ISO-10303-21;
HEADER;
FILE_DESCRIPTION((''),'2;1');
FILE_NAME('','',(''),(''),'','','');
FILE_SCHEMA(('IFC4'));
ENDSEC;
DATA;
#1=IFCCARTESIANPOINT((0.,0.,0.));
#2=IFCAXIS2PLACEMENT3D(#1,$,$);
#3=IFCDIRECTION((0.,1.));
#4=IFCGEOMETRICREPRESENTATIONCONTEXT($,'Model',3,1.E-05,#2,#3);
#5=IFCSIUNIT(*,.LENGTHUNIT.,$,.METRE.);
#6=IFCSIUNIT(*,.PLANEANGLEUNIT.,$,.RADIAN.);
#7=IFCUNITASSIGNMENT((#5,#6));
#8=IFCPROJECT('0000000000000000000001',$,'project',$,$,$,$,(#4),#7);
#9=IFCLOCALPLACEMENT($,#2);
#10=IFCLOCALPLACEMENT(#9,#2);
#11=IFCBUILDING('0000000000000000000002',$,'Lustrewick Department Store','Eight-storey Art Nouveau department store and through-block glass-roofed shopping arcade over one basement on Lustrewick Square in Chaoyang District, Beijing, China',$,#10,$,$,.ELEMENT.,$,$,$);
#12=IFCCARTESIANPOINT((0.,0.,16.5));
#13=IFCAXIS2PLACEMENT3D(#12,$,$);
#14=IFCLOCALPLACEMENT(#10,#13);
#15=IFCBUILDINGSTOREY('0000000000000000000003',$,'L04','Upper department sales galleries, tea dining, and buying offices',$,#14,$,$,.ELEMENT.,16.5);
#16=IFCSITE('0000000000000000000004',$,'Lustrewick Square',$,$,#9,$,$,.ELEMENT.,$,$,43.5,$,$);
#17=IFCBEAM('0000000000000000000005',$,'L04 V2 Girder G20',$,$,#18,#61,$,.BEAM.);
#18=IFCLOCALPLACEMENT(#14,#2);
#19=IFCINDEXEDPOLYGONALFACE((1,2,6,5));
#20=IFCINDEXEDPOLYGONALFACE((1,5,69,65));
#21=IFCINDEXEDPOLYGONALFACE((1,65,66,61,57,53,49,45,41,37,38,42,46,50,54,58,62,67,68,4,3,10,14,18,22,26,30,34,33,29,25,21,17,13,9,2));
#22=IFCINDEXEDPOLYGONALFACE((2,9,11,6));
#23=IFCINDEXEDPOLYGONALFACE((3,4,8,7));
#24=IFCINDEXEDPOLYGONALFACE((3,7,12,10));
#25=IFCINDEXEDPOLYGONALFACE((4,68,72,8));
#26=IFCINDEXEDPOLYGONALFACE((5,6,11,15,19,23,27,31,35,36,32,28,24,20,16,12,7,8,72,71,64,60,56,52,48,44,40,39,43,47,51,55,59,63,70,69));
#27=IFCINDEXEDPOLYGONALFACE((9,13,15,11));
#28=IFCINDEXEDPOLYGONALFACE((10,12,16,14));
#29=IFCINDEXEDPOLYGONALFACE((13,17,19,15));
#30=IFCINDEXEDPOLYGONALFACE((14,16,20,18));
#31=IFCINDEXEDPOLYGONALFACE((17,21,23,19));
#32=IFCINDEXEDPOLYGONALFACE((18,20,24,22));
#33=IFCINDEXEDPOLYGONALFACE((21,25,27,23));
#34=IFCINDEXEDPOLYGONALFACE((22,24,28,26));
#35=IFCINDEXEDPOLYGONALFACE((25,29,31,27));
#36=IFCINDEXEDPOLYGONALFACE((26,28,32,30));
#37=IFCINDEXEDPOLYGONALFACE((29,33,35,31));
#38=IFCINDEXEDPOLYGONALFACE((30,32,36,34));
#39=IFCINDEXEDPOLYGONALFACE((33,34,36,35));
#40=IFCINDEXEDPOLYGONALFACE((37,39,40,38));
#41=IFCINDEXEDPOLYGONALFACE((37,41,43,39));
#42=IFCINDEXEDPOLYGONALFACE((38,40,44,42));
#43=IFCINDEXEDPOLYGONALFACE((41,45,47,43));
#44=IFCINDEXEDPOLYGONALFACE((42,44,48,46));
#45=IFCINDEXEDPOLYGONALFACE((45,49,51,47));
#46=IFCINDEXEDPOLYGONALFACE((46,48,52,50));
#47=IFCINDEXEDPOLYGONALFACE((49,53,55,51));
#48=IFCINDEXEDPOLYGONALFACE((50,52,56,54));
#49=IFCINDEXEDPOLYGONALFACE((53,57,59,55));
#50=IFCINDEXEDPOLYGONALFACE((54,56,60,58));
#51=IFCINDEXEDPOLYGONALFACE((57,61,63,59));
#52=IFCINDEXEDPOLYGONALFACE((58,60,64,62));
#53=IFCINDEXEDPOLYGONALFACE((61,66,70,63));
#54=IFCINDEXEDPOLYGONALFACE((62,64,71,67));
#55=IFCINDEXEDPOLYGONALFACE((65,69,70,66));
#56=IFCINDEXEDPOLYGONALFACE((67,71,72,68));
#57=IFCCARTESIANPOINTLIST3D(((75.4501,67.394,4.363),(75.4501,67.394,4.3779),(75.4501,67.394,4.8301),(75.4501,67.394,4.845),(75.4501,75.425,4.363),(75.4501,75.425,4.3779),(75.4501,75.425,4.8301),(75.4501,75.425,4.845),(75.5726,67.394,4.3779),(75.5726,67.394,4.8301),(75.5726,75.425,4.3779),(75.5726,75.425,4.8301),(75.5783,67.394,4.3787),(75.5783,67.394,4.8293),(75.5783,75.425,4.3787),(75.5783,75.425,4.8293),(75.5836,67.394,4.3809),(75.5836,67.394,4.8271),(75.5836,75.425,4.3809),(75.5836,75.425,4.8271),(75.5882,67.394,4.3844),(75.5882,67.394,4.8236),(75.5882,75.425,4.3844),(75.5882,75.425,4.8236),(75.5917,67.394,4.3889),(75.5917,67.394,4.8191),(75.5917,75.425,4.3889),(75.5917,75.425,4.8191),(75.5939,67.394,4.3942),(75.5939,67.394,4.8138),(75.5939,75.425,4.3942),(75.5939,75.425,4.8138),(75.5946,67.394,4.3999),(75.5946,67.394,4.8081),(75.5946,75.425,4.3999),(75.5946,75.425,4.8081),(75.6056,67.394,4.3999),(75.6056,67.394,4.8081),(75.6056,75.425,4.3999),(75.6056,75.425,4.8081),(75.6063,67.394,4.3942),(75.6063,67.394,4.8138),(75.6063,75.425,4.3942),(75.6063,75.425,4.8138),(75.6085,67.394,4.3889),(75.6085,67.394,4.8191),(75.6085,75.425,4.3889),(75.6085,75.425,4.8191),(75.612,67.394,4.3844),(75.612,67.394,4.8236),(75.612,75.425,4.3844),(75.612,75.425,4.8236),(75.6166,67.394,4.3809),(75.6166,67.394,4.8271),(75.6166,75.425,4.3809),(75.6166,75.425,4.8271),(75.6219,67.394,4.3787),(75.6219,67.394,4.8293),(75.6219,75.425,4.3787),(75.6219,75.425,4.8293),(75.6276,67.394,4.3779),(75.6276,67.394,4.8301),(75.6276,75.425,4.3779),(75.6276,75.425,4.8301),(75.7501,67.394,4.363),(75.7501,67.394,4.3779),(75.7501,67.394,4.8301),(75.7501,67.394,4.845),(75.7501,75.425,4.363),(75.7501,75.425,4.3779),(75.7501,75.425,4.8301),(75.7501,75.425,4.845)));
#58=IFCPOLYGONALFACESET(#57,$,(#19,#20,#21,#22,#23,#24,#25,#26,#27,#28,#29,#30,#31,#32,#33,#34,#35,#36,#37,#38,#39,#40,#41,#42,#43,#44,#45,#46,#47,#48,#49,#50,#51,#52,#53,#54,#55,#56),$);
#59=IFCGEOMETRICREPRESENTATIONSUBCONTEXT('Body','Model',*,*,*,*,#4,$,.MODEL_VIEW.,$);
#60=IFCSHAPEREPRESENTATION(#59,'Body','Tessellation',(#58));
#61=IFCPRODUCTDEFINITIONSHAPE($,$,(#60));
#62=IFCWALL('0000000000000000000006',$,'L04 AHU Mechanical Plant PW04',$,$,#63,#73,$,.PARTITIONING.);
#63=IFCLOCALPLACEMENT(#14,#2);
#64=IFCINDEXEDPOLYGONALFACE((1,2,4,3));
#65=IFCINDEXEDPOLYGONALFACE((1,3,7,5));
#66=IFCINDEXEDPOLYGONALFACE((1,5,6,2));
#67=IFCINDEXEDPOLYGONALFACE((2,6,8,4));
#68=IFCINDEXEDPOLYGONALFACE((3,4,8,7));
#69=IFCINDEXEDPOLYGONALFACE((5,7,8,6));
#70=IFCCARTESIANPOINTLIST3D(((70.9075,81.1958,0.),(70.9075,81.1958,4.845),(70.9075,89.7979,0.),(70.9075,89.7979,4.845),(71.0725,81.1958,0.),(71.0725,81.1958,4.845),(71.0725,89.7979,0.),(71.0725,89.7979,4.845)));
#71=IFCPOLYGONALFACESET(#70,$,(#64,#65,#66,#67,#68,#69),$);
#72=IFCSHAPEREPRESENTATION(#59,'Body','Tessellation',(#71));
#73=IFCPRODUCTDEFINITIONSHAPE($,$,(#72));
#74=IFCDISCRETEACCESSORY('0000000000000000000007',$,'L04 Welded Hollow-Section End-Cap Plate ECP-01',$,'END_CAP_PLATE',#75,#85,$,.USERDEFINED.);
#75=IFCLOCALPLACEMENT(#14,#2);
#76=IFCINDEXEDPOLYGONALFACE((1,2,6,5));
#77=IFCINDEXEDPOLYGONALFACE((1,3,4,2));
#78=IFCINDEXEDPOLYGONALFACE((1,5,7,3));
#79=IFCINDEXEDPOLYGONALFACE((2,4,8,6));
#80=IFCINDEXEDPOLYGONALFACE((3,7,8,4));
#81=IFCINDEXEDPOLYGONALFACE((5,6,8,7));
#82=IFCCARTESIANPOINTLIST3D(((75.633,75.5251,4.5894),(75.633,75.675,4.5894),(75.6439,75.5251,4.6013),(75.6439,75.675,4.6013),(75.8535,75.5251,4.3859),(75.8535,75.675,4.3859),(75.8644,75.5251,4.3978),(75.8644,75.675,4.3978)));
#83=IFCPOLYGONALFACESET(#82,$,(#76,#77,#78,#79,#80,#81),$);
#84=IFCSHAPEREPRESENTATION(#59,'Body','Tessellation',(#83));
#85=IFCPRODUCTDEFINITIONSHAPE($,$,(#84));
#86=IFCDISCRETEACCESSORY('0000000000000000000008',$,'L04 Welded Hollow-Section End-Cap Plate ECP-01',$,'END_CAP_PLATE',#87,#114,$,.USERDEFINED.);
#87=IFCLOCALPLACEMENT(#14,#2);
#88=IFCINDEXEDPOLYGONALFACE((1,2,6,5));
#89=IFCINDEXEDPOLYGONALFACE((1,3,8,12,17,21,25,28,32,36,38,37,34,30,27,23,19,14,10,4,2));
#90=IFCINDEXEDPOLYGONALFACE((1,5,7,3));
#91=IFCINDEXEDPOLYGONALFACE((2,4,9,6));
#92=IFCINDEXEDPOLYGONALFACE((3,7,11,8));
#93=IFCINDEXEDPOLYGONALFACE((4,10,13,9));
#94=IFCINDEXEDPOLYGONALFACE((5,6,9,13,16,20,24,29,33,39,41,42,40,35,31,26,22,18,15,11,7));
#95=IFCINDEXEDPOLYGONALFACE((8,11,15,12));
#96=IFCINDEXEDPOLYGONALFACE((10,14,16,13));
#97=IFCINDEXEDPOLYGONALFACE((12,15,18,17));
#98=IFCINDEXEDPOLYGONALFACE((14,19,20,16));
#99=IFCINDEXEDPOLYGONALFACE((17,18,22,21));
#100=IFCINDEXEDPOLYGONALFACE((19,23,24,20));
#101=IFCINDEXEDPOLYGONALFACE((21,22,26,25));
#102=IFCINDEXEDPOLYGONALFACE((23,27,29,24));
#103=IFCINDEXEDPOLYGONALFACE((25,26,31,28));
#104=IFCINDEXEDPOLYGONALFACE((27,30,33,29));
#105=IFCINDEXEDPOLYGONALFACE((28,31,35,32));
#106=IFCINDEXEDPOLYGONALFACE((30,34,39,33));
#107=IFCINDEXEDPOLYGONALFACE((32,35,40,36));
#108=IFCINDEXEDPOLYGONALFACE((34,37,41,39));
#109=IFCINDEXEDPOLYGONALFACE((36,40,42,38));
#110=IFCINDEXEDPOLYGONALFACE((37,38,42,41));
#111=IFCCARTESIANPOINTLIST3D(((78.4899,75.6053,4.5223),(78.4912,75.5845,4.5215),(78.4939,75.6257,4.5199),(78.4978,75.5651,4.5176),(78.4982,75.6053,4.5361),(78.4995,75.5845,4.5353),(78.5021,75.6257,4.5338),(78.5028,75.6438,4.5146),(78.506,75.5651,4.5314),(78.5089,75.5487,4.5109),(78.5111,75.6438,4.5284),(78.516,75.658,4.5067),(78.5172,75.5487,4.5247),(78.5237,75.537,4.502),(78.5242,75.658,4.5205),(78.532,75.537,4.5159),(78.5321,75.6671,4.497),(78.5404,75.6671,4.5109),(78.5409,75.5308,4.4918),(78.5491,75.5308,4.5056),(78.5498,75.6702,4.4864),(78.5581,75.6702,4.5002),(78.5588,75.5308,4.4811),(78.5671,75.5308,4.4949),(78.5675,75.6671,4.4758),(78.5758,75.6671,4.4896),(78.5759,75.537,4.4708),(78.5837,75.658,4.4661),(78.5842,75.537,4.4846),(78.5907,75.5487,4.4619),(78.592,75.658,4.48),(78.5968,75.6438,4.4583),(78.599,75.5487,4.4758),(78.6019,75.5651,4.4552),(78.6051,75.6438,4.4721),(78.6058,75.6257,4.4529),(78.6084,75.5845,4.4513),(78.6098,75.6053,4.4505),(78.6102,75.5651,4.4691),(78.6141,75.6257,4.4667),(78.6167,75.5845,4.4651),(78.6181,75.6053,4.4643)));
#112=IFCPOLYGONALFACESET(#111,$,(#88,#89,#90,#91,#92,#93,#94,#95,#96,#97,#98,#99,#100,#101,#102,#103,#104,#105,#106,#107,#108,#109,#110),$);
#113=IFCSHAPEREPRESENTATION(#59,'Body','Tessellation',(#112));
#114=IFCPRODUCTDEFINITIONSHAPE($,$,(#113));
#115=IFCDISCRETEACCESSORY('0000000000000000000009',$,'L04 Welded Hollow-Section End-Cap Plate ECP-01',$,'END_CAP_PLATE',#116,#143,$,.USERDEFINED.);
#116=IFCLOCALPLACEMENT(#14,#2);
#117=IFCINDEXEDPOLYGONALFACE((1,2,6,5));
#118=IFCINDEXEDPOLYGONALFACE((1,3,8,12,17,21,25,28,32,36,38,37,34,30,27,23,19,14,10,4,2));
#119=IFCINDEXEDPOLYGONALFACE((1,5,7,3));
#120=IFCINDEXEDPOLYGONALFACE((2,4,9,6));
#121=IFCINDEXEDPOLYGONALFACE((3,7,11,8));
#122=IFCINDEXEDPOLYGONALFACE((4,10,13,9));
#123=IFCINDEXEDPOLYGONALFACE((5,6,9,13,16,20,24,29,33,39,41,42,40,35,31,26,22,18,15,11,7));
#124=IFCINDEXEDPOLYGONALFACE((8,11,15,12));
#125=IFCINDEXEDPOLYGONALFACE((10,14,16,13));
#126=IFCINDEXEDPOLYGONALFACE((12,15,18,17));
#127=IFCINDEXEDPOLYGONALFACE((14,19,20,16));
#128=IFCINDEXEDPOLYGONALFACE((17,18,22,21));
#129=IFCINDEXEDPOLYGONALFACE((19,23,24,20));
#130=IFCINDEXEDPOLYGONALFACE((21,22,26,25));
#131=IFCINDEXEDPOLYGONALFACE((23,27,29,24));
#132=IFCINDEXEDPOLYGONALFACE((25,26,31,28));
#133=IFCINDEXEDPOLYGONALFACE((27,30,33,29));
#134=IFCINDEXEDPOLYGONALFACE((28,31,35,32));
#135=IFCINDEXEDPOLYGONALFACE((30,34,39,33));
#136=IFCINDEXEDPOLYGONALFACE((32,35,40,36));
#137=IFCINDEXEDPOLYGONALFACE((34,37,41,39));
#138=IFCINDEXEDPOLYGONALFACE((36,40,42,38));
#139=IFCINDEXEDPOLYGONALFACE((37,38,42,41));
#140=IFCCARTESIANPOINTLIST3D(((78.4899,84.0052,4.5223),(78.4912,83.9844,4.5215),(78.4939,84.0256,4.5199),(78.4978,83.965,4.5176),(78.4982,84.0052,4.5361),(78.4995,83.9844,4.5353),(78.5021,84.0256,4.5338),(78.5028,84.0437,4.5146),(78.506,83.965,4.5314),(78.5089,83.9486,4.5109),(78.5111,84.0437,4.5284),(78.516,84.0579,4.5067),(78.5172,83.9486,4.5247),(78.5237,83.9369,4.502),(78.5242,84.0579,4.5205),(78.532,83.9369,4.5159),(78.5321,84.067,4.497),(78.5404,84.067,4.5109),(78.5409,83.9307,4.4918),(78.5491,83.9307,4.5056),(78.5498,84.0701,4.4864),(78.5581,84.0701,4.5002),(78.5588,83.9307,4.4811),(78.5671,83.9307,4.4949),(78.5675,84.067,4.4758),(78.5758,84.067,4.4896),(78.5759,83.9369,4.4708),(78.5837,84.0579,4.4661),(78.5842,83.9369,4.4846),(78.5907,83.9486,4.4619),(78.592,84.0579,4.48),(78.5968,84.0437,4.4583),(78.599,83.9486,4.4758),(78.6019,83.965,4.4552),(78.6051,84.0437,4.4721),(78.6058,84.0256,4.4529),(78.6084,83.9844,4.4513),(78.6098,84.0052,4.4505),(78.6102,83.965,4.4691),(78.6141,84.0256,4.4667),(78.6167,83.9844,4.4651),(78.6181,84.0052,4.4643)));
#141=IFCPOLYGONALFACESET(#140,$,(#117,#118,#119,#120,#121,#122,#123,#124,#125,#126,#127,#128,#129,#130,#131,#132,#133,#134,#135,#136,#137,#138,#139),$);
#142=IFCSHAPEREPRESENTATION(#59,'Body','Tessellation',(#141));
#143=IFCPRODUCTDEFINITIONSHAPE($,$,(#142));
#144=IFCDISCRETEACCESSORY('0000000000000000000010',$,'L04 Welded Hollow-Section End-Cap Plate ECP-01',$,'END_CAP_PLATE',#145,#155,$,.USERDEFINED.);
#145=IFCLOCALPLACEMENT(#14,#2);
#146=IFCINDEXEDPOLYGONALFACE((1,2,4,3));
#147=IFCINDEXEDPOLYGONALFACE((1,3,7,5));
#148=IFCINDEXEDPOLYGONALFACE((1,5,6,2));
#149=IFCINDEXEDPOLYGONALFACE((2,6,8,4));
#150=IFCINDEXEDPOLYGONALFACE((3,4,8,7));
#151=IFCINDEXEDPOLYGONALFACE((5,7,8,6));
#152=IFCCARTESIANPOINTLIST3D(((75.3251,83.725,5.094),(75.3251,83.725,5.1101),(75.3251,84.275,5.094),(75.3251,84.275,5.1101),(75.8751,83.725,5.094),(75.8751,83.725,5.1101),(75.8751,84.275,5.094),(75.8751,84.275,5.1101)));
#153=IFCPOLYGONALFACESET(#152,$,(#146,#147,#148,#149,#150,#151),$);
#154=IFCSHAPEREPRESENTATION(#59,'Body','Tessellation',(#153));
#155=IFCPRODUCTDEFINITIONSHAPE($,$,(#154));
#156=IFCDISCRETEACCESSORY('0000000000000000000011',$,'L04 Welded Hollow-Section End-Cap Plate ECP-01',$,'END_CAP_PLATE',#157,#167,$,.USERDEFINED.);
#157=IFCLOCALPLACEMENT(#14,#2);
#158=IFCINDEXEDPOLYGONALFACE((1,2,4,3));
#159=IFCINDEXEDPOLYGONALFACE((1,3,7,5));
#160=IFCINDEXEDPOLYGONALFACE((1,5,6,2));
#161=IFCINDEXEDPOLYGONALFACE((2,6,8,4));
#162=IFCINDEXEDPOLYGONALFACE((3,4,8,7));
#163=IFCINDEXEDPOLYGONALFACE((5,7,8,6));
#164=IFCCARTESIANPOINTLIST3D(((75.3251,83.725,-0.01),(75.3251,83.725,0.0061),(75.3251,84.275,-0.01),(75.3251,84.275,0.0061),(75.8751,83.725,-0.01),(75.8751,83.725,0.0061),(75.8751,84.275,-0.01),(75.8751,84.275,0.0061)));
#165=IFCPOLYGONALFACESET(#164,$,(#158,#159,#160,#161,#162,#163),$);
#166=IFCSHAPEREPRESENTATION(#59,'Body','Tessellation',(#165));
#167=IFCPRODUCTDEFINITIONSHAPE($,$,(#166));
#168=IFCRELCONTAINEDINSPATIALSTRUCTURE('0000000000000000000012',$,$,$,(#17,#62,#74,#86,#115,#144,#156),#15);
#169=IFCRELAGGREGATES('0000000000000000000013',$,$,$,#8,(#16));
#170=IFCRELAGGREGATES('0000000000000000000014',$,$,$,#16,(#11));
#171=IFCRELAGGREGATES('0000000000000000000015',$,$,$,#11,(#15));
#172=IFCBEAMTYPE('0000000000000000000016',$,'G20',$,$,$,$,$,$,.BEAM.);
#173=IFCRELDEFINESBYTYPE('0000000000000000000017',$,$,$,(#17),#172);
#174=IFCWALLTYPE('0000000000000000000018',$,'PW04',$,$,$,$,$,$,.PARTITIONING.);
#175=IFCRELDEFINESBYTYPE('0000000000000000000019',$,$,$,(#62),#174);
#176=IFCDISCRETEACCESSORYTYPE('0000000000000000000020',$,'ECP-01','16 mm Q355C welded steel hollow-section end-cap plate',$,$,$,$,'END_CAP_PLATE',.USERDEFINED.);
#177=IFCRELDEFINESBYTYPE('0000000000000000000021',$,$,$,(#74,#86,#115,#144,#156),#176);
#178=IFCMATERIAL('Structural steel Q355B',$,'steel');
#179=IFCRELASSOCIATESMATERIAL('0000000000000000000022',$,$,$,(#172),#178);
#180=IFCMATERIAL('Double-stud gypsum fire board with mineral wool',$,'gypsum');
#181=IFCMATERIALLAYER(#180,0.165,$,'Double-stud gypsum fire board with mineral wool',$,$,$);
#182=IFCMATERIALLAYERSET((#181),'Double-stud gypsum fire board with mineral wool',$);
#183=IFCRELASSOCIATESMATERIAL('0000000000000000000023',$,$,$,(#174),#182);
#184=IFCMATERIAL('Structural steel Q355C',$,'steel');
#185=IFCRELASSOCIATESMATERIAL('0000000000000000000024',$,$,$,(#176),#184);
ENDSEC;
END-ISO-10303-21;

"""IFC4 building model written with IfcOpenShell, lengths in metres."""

from ifc_helpers import new_model, si_unit, direction, frame, frame_2d, origin, origin_2d, place, context, subcontext, project, spatial, rectangle, circle, i_section, extrude, material, layer, layer_set, material_profile, profile_set, type_object, element, save


model = new_model("IFC4")

# Units and contexts
model_context = context("Model", 3, precision=1e-05, world=origin(), true_north=direction((0.0, 1.0)))
body_context = subcontext(model_context, "Body", "Model", "MODEL_VIEW")
ifc_project = project(units=[si_unit("LENGTHUNIT", "METRE"), si_unit("PLANEANGLEUNIT", "RADIAN")], contexts=[model_context])

# Site, building, storey
site_placement = place(None, origin())
site = spatial("IfcSite", under=ifc_project, at=site_placement, Name="Lustrewick Square", CompositionType="ELEMENT", RefElevation=43.5)
building_placement = place(site_placement, origin())
building = spatial("IfcBuilding", under=site, at=building_placement, Name="Lustrewick Department Store", Description="Eight-storey Art Nouveau department store and through-block glass-roofed shopping arcade over one basement on Lustrewick Square in Chaoyang District, Beijing, China", CompositionType="ELEMENT")
storey_placement = place(building_placement, frame((0.0, 0.0, 16.5)))
storey = spatial("IfcBuildingStorey", under=building, at=storey_placement, Name="L04", Description="Upper department sales galleries, tea dining, and buying offices", CompositionType="ELEMENT", Elevation=16.5)

# Shared definitions
ifc_material_1 = material(Name="Structural steel Q355C", Category="steel")
ifc_material_2 = material(Name="Structural steel Q355B", Category="steel")

# Beam
ifc_material_profile_1 = material_profile(ifc_material_2, i_section(OverallWidth=0.3, OverallDepth=0.4819, WebThickness=0.011, FlangeThickness=0.0149, FilletRadius=0.022, at=origin_2d()), Name="HM 482x300x11x15")
ifc_profile_set_1 = profile_set([ifc_material_profile_1], Name="Structural steel Q355B")
beam_type_1 = type_object("IfcBeamType", Name="G20", PredefinedType="BEAM", material=ifc_profile_set_1)
beam_1_placement = place(storey_placement, frame((75.6001, 67.394, 4.604), z_axis=(0.0, 1.0, 0.0), x_axis=(-1.0, 0.0, 0.0)))
element("IfcBeam", 1, at=beam_1_placement, inside=storey, type_object=beam_type_1, Name="L04 V2 Girder G20", PredefinedType="BEAM", context=body_context, shape_type="SweptSolid", body=[
    extrude(i_section(OverallWidth=0.3, OverallDepth=0.4819, WebThickness=0.011, FlangeThickness=0.0149, FilletRadius=0.022, at=origin_2d()), origin(), (0.0, 0.0, 1.0), 8.031),
])

# Wall
ifc_material_3 = material(Name="Double-stud gypsum fire board with mineral wool", Category="gypsum")
ifc_layer = layer(ifc_material_3, 0.165, Name="Double-stud gypsum fire board with mineral wool")
ifc_layer_set = layer_set([ifc_layer], Name="Double-stud gypsum fire board with mineral wool")
wall_type = type_object("IfcWallType", Name="PW04", PredefinedType="PARTITIONING", material=ifc_layer_set)
wall_placement = place(storey_placement, frame((70.99, 81.1958, 0.0), z_axis=(0.0, 0.0, 1.0), x_axis=(0.0, 1.0, 0.0)))
element("IfcWall", 2, at=wall_placement, inside=storey, type_object=wall_type, Name="L04 AHU Mechanical Plant PW04", PredefinedType="PARTITIONING", context=body_context, shape_type="SweptSolid", body=[
    extrude(rectangle(XDim=8.6021, YDim=0.165, at=frame_2d((4.301, 0.0))), origin(), (0.0, 0.0, 1.0), 4.845),
])

# Discrete accessories
discrete_accessory_type = type_object("IfcDiscreteAccessoryType", Name="ECP-01", Description="16 mm Q355C welded steel hollow-section end-cap plate", ElementType="END_CAP_PLATE", PredefinedType="USERDEFINED", material=ifc_material_1)
discrete_accessory_placement = place(storey_placement, frame((75.7542, 75.6001, 4.4995), z_axis=(-0.678234, 0.0, -0.734846), x_axis=(0.0, 1.0, 0.0)))
element("IfcDiscreteAccessory", 3, at=discrete_accessory_placement, inside=storey, type_object=discrete_accessory_type, Name="L04 Welded Hollow-Section End-Cap Plate ECP-01", ObjectType="END_CAP_PLATE", PredefinedType="USERDEFINED", context=body_context, shape_type="SweptSolid", body=[
    extrude(rectangle(XDim=0.1499, YDim=0.3, at=origin_2d()), origin(), (0.0, 0.0, 1.0), 0.0161),
])
for number, where, z_axis, x_axis, name in (
    (4, (78.5581, 75.6001, 4.5002), (-0.513782, 0.0, -0.857921), (0.0, 1.0, 0.0), "L04 Welded Hollow-Section End-Cap Plate ECP-01"),
    (5, (78.5581, 84.0, 4.5002), (-0.513782, 0.0, -0.857921), (0.0, 1.0, 0.0), "L04 Welded Hollow-Section End-Cap Plate ECP-01"),
):
    element("IfcDiscreteAccessory", number, at=place(storey_placement, frame(where, z_axis=z_axis, x_axis=x_axis)), inside=storey, type_object=discrete_accessory_type, Name=name, ObjectType="END_CAP_PLATE", PredefinedType="USERDEFINED", context=body_context, shape_type="SweptSolid", body=[
        extrude(circle(Radius=0.0701, at=origin_2d()), origin(), (0.0, 0.0, 1.0), 0.0161),
    ])
for number, where, z_axis, x_axis, name in (
    (6, (75.6001, 84.0, 5.094), (0.0, 0.0, 1.0), (1.0, 0.0, 0.0), "L04 Welded Hollow-Section End-Cap Plate ECP-01"),
    (7, (75.6001, 84.0, 0.0061), (0.0, 0.0, -1.0), (1.0, 0.0, 0.0), "L04 Welded Hollow-Section End-Cap Plate ECP-01"),
):
    element("IfcDiscreteAccessory", number, at=place(storey_placement, frame(where, z_axis=z_axis, x_axis=x_axis)), inside=storey, type_object=discrete_accessory_type, Name=name, ObjectType="END_CAP_PLATE", PredefinedType="USERDEFINED", context=body_context, shape_type="SweptSolid", body=[
        extrude(rectangle(XDim=0.55, YDim=0.55, at=origin_2d()), origin(), (0.0, 0.0, 1.0), 0.0161),
    ])

save(model, "model.ifc")
